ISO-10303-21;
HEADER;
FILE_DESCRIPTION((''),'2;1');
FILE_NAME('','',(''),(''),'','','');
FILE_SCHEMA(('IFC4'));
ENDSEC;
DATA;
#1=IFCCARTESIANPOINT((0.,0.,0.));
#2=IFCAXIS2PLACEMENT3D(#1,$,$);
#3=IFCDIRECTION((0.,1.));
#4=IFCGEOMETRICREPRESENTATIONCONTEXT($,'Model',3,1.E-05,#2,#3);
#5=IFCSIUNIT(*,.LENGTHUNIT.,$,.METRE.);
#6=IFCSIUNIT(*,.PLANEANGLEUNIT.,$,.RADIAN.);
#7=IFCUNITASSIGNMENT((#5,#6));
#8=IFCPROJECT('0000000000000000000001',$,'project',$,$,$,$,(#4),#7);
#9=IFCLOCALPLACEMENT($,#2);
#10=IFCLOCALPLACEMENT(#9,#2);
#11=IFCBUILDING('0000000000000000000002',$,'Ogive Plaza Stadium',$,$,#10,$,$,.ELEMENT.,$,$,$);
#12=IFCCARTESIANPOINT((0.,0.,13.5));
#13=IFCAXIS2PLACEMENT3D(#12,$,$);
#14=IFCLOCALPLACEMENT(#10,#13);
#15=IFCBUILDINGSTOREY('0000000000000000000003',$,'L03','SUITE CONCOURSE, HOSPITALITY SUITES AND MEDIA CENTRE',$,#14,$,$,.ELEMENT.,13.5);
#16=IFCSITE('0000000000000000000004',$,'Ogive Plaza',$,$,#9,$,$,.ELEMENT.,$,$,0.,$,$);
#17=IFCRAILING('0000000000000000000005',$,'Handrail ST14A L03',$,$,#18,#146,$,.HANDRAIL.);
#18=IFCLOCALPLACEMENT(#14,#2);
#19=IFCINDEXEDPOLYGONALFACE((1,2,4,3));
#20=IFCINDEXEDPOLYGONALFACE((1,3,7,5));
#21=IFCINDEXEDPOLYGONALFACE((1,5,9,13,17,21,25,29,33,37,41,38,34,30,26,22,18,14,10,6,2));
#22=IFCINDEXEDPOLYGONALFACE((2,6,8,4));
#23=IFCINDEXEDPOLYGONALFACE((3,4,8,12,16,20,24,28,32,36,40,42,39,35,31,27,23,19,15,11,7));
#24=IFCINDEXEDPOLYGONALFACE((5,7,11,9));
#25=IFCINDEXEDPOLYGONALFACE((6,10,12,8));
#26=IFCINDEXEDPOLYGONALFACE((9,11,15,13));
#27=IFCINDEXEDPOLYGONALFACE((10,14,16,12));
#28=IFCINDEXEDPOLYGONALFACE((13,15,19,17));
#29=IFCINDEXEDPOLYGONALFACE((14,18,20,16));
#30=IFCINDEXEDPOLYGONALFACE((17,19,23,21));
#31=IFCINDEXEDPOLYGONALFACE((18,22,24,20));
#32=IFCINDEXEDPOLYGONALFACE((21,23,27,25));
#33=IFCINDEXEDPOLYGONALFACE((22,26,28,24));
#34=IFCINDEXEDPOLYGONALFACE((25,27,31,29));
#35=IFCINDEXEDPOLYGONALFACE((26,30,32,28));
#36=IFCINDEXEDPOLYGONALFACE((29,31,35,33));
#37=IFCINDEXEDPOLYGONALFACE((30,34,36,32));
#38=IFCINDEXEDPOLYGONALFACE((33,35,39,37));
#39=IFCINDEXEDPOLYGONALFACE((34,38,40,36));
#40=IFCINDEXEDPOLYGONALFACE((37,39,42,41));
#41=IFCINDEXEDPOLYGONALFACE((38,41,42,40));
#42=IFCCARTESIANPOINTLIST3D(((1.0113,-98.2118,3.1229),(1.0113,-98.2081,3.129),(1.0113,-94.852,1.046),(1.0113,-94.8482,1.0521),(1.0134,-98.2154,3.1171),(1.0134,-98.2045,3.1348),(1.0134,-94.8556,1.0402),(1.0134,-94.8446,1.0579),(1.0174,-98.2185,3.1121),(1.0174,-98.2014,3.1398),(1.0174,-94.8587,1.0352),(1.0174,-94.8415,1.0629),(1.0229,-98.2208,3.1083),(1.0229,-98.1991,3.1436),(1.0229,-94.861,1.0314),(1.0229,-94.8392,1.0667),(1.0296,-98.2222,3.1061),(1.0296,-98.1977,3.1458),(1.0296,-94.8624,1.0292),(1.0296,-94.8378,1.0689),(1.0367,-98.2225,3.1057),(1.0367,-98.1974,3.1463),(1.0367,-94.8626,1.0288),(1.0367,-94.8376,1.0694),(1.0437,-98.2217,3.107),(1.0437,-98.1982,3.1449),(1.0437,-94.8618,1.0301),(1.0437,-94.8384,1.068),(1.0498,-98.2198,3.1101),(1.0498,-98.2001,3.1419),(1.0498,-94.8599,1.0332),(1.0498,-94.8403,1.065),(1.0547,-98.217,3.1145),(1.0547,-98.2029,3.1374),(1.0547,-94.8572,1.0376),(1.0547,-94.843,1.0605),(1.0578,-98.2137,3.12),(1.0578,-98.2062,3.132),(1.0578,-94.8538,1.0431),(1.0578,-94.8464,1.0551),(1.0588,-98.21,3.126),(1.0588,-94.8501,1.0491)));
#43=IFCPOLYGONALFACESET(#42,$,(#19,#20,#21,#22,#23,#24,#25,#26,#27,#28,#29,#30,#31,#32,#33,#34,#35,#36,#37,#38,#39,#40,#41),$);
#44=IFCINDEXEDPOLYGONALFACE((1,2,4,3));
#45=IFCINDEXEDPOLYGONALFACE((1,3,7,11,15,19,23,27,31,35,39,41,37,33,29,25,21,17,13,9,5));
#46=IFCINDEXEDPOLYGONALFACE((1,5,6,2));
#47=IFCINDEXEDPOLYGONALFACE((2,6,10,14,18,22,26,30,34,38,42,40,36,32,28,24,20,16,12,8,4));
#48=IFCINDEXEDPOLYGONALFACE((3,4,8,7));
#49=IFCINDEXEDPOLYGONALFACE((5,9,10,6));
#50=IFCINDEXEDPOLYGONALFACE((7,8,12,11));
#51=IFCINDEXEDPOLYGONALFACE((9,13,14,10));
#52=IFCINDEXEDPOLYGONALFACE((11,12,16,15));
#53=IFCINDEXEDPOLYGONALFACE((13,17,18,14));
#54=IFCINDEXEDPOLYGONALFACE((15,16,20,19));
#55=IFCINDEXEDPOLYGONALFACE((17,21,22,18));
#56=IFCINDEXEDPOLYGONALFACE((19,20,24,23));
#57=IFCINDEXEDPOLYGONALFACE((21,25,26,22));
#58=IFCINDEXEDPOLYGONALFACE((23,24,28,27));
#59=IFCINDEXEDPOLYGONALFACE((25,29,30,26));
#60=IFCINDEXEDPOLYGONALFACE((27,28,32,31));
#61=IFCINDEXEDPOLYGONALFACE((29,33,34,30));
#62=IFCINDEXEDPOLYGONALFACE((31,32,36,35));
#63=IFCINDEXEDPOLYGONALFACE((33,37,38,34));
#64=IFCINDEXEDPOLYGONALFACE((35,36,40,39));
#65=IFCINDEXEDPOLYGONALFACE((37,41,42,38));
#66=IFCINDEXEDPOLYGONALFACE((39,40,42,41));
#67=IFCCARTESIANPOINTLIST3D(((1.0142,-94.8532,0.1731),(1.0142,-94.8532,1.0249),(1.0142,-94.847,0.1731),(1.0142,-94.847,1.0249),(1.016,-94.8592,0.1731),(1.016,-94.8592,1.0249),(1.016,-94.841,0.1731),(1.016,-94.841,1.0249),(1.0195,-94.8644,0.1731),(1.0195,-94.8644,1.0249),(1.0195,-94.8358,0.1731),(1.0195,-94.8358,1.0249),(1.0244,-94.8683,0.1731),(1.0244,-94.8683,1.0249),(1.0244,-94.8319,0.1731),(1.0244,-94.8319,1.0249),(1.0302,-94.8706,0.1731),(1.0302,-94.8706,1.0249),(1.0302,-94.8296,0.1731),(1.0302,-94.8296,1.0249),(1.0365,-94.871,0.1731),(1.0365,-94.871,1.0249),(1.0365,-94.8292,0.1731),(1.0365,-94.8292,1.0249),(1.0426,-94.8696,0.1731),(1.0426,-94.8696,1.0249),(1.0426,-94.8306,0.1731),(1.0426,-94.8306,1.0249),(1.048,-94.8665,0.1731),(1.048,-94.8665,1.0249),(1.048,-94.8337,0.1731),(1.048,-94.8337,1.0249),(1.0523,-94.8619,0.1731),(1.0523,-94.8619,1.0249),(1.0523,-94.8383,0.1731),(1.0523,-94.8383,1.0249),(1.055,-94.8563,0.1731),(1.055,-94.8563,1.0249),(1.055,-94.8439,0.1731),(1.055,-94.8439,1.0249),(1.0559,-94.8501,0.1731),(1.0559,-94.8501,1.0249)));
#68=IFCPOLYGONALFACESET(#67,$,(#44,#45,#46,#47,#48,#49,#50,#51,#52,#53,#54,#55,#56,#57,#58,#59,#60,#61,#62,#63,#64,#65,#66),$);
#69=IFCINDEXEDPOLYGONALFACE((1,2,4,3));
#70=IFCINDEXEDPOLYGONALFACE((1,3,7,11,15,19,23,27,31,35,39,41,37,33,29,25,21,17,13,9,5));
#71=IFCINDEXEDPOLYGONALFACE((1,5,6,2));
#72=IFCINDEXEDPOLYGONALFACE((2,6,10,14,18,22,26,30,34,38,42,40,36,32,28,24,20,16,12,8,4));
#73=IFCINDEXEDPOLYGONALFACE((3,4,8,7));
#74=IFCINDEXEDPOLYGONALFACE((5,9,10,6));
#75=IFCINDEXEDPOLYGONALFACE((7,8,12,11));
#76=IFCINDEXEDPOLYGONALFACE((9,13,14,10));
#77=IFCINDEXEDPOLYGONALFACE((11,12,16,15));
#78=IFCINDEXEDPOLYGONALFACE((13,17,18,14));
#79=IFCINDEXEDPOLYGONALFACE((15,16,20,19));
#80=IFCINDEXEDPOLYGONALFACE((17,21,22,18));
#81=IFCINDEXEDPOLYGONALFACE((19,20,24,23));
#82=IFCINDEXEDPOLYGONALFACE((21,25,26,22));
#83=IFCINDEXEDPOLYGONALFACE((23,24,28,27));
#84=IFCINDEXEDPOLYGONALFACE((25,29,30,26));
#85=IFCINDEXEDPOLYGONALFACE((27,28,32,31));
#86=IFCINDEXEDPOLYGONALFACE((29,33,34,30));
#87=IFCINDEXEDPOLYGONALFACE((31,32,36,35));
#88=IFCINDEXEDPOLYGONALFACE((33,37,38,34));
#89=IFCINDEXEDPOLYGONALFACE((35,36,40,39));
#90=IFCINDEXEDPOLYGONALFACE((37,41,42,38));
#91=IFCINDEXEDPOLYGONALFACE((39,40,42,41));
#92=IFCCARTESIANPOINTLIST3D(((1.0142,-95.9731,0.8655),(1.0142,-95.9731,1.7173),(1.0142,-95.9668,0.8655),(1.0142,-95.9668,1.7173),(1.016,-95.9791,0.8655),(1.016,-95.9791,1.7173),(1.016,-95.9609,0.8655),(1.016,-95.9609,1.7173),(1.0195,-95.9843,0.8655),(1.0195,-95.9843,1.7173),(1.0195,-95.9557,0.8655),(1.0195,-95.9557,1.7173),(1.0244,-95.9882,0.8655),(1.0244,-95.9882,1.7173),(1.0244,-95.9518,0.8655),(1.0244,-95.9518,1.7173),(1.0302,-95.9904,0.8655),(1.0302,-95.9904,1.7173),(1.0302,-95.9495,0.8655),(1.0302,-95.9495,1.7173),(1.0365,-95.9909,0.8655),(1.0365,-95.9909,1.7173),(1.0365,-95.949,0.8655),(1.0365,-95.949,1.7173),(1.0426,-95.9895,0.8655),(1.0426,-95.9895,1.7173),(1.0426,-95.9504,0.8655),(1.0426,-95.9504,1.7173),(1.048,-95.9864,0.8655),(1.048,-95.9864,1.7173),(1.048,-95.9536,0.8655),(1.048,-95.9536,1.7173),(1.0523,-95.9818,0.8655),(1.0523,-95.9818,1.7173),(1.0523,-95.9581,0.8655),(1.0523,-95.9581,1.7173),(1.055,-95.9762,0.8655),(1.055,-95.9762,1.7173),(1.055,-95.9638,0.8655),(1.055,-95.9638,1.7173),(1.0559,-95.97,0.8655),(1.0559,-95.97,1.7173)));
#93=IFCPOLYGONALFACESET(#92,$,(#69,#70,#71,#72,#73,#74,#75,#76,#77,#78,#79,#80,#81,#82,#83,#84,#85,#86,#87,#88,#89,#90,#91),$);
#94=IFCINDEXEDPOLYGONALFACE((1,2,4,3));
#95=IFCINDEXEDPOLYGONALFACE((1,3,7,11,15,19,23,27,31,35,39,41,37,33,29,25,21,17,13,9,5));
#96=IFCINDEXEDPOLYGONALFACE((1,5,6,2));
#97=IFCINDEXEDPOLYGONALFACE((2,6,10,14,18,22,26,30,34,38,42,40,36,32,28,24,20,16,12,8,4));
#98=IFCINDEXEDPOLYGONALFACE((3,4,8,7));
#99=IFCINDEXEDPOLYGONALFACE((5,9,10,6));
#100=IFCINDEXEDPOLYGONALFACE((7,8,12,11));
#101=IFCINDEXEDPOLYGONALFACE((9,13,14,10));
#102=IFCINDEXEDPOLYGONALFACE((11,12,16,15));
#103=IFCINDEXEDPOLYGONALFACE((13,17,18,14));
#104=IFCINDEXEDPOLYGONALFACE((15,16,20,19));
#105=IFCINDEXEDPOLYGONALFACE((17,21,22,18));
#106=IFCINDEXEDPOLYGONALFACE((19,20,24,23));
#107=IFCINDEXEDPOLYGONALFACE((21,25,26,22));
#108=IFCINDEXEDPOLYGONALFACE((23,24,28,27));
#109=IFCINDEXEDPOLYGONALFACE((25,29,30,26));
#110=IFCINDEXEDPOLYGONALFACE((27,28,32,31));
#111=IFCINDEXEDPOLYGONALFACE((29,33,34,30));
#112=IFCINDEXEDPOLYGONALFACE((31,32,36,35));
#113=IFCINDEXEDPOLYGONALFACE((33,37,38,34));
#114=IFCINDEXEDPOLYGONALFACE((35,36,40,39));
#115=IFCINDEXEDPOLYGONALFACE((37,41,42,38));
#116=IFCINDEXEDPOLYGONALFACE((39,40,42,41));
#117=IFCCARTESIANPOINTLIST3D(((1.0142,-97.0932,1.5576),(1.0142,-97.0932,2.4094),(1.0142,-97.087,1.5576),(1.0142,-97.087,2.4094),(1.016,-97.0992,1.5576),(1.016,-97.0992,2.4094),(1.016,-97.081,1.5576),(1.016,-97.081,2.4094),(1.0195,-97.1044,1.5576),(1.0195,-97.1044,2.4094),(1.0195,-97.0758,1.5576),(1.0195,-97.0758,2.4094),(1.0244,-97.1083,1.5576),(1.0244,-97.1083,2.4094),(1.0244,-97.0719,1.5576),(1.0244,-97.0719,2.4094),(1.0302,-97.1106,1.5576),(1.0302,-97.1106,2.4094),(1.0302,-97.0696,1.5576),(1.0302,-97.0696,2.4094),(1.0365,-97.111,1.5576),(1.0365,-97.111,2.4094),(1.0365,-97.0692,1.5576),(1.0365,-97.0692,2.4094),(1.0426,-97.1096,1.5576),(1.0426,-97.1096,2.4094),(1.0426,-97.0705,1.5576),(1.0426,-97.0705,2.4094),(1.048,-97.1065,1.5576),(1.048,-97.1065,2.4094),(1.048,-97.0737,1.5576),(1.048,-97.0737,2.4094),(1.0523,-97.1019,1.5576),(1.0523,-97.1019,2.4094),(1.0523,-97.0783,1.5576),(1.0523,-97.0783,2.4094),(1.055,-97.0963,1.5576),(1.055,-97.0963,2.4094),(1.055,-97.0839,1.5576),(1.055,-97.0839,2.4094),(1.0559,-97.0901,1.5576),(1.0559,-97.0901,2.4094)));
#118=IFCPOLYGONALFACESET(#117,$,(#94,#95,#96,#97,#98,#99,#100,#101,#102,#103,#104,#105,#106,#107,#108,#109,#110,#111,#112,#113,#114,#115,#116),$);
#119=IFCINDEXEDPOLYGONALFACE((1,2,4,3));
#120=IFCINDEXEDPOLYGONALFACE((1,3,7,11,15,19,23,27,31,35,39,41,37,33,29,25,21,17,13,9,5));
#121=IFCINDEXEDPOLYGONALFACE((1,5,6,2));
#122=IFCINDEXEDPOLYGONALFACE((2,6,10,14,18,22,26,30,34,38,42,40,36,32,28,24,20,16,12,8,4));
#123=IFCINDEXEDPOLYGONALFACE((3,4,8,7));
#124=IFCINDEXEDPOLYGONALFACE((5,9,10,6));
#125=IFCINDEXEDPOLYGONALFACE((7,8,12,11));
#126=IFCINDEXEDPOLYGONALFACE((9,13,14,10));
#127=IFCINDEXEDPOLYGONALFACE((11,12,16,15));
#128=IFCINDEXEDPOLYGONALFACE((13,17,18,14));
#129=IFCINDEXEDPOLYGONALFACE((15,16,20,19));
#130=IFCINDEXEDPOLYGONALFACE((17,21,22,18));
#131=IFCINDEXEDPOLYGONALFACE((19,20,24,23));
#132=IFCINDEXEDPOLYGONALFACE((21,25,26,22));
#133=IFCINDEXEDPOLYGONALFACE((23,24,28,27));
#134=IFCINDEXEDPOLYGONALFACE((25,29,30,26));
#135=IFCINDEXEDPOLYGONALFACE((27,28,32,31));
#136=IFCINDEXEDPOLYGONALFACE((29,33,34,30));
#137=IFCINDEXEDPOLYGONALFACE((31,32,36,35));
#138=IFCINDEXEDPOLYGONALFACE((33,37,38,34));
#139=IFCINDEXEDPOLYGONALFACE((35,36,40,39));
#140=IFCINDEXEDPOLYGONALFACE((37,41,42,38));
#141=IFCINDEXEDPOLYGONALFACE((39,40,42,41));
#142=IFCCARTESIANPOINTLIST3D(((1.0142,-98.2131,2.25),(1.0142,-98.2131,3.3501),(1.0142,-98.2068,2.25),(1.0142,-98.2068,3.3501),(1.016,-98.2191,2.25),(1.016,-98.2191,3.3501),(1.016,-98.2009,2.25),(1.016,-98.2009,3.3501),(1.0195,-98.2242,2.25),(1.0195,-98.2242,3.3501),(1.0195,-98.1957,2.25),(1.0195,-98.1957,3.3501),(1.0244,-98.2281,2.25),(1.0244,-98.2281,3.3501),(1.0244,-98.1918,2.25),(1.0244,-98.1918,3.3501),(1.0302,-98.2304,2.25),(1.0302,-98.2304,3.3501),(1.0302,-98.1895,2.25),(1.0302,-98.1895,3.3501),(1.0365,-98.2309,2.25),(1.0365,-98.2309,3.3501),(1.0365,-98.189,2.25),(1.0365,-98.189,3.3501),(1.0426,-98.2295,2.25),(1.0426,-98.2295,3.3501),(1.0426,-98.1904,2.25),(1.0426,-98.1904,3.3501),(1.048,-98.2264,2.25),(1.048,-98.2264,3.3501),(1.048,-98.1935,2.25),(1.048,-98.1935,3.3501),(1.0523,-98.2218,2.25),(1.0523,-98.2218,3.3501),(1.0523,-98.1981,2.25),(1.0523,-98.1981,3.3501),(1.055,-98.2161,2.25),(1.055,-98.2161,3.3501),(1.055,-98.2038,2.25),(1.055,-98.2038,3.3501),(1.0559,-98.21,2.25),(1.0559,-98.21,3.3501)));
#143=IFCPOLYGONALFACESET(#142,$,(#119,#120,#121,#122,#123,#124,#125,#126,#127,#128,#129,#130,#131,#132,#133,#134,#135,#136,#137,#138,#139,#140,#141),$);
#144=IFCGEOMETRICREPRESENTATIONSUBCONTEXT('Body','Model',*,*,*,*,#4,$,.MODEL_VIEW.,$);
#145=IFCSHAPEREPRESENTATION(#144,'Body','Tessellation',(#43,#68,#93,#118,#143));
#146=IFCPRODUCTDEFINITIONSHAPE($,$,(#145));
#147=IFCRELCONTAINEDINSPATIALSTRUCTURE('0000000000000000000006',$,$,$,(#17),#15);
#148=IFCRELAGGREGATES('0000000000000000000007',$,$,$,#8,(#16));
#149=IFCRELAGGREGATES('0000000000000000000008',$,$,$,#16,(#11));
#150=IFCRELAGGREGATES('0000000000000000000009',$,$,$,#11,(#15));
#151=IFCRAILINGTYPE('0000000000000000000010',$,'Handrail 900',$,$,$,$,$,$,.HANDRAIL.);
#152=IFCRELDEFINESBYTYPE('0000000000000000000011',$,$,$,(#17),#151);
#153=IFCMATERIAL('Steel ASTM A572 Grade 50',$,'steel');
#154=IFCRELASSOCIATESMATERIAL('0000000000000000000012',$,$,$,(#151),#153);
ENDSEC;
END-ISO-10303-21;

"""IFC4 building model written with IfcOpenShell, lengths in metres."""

from ifc_helpers import new_model, si_unit, direction, frame, origin, origin_2d, place, context, subcontext, project, spatial, circle, extrude, material, type_object, element, save


model = new_model("IFC4")

# Units and contexts
model_context = context("Model", 3, precision=1e-05, world=origin(), true_north=direction((0.0, 1.0)))
body_context = subcontext(model_context, "Body", "Model", "MODEL_VIEW")
ifc_project = project(units=[si_unit("LENGTHUNIT", "METRE"), si_unit("PLANEANGLEUNIT", "RADIAN")], contexts=[model_context])

# Site, building, storey
site_placement = place(None, origin())
site = spatial("IfcSite", under=ifc_project, at=site_placement, Name="Ogive Plaza", CompositionType="ELEMENT", RefElevation=0.0)
building_placement = place(site_placement, origin())
building = spatial("IfcBuilding", under=site, at=building_placement, Name="Ogive Plaza Stadium", CompositionType="ELEMENT")
storey_placement = place(building_placement, frame((0.0, 0.0, 13.5)))
storey = spatial("IfcBuildingStorey", under=building, at=storey_placement, Name="L03", Description="SUITE CONCOURSE, HOSPITALITY SUITES AND MEDIA CENTRE", CompositionType="ELEMENT", Elevation=13.5)

# Railing
ifc_material_1 = material(Name="Steel ASTM A572 Grade 50", Category="steel")
railing_type_1 = type_object("IfcRailingType", Name="Handrail 900", PredefinedType="HANDRAIL", material=ifc_material_1)
for number, where, name in (
    (1, (1.0349, -94.8501, 0.1731), "Handrail ST14A L03"),
):
    element("IfcRailing", number, at=place(storey_placement, frame(where)), inside=storey, type_object=railing_type_1, Name=name, PredefinedType="HANDRAIL", context=body_context, shape_type="SweptSolid", body=[
        extrude(circle(Radius=0.0239, at=origin_2d()), frame((0.0, 0.0, 0.876), z_axis=(0.0, -0.850606, 0.525803), x_axis=(1.0, 0.0, 0.0)), (0.0, 0.0, 1.0), 3.95),
        extrude(circle(Radius=0.021, at=origin_2d()), origin(), (0.0, 0.0, 1.0), 0.8518),
        extrude(circle(Radius=0.021, at=origin_2d()), frame((0.0, -1.1199, 0.6924)), (0.0, 0.0, 1.0), 0.8518),
        extrude(circle(Radius=0.021, at=origin_2d()), frame((0.0, -2.24, 1.3845)), (0.0, 0.0, 1.0), 0.8518),
        extrude(circle(Radius=0.021, at=origin_2d()), frame((0.0, -3.3599, 2.0769)), (0.0, 0.0, 1.0), 1.1001),
    ])

save(model, "model.ifc")
